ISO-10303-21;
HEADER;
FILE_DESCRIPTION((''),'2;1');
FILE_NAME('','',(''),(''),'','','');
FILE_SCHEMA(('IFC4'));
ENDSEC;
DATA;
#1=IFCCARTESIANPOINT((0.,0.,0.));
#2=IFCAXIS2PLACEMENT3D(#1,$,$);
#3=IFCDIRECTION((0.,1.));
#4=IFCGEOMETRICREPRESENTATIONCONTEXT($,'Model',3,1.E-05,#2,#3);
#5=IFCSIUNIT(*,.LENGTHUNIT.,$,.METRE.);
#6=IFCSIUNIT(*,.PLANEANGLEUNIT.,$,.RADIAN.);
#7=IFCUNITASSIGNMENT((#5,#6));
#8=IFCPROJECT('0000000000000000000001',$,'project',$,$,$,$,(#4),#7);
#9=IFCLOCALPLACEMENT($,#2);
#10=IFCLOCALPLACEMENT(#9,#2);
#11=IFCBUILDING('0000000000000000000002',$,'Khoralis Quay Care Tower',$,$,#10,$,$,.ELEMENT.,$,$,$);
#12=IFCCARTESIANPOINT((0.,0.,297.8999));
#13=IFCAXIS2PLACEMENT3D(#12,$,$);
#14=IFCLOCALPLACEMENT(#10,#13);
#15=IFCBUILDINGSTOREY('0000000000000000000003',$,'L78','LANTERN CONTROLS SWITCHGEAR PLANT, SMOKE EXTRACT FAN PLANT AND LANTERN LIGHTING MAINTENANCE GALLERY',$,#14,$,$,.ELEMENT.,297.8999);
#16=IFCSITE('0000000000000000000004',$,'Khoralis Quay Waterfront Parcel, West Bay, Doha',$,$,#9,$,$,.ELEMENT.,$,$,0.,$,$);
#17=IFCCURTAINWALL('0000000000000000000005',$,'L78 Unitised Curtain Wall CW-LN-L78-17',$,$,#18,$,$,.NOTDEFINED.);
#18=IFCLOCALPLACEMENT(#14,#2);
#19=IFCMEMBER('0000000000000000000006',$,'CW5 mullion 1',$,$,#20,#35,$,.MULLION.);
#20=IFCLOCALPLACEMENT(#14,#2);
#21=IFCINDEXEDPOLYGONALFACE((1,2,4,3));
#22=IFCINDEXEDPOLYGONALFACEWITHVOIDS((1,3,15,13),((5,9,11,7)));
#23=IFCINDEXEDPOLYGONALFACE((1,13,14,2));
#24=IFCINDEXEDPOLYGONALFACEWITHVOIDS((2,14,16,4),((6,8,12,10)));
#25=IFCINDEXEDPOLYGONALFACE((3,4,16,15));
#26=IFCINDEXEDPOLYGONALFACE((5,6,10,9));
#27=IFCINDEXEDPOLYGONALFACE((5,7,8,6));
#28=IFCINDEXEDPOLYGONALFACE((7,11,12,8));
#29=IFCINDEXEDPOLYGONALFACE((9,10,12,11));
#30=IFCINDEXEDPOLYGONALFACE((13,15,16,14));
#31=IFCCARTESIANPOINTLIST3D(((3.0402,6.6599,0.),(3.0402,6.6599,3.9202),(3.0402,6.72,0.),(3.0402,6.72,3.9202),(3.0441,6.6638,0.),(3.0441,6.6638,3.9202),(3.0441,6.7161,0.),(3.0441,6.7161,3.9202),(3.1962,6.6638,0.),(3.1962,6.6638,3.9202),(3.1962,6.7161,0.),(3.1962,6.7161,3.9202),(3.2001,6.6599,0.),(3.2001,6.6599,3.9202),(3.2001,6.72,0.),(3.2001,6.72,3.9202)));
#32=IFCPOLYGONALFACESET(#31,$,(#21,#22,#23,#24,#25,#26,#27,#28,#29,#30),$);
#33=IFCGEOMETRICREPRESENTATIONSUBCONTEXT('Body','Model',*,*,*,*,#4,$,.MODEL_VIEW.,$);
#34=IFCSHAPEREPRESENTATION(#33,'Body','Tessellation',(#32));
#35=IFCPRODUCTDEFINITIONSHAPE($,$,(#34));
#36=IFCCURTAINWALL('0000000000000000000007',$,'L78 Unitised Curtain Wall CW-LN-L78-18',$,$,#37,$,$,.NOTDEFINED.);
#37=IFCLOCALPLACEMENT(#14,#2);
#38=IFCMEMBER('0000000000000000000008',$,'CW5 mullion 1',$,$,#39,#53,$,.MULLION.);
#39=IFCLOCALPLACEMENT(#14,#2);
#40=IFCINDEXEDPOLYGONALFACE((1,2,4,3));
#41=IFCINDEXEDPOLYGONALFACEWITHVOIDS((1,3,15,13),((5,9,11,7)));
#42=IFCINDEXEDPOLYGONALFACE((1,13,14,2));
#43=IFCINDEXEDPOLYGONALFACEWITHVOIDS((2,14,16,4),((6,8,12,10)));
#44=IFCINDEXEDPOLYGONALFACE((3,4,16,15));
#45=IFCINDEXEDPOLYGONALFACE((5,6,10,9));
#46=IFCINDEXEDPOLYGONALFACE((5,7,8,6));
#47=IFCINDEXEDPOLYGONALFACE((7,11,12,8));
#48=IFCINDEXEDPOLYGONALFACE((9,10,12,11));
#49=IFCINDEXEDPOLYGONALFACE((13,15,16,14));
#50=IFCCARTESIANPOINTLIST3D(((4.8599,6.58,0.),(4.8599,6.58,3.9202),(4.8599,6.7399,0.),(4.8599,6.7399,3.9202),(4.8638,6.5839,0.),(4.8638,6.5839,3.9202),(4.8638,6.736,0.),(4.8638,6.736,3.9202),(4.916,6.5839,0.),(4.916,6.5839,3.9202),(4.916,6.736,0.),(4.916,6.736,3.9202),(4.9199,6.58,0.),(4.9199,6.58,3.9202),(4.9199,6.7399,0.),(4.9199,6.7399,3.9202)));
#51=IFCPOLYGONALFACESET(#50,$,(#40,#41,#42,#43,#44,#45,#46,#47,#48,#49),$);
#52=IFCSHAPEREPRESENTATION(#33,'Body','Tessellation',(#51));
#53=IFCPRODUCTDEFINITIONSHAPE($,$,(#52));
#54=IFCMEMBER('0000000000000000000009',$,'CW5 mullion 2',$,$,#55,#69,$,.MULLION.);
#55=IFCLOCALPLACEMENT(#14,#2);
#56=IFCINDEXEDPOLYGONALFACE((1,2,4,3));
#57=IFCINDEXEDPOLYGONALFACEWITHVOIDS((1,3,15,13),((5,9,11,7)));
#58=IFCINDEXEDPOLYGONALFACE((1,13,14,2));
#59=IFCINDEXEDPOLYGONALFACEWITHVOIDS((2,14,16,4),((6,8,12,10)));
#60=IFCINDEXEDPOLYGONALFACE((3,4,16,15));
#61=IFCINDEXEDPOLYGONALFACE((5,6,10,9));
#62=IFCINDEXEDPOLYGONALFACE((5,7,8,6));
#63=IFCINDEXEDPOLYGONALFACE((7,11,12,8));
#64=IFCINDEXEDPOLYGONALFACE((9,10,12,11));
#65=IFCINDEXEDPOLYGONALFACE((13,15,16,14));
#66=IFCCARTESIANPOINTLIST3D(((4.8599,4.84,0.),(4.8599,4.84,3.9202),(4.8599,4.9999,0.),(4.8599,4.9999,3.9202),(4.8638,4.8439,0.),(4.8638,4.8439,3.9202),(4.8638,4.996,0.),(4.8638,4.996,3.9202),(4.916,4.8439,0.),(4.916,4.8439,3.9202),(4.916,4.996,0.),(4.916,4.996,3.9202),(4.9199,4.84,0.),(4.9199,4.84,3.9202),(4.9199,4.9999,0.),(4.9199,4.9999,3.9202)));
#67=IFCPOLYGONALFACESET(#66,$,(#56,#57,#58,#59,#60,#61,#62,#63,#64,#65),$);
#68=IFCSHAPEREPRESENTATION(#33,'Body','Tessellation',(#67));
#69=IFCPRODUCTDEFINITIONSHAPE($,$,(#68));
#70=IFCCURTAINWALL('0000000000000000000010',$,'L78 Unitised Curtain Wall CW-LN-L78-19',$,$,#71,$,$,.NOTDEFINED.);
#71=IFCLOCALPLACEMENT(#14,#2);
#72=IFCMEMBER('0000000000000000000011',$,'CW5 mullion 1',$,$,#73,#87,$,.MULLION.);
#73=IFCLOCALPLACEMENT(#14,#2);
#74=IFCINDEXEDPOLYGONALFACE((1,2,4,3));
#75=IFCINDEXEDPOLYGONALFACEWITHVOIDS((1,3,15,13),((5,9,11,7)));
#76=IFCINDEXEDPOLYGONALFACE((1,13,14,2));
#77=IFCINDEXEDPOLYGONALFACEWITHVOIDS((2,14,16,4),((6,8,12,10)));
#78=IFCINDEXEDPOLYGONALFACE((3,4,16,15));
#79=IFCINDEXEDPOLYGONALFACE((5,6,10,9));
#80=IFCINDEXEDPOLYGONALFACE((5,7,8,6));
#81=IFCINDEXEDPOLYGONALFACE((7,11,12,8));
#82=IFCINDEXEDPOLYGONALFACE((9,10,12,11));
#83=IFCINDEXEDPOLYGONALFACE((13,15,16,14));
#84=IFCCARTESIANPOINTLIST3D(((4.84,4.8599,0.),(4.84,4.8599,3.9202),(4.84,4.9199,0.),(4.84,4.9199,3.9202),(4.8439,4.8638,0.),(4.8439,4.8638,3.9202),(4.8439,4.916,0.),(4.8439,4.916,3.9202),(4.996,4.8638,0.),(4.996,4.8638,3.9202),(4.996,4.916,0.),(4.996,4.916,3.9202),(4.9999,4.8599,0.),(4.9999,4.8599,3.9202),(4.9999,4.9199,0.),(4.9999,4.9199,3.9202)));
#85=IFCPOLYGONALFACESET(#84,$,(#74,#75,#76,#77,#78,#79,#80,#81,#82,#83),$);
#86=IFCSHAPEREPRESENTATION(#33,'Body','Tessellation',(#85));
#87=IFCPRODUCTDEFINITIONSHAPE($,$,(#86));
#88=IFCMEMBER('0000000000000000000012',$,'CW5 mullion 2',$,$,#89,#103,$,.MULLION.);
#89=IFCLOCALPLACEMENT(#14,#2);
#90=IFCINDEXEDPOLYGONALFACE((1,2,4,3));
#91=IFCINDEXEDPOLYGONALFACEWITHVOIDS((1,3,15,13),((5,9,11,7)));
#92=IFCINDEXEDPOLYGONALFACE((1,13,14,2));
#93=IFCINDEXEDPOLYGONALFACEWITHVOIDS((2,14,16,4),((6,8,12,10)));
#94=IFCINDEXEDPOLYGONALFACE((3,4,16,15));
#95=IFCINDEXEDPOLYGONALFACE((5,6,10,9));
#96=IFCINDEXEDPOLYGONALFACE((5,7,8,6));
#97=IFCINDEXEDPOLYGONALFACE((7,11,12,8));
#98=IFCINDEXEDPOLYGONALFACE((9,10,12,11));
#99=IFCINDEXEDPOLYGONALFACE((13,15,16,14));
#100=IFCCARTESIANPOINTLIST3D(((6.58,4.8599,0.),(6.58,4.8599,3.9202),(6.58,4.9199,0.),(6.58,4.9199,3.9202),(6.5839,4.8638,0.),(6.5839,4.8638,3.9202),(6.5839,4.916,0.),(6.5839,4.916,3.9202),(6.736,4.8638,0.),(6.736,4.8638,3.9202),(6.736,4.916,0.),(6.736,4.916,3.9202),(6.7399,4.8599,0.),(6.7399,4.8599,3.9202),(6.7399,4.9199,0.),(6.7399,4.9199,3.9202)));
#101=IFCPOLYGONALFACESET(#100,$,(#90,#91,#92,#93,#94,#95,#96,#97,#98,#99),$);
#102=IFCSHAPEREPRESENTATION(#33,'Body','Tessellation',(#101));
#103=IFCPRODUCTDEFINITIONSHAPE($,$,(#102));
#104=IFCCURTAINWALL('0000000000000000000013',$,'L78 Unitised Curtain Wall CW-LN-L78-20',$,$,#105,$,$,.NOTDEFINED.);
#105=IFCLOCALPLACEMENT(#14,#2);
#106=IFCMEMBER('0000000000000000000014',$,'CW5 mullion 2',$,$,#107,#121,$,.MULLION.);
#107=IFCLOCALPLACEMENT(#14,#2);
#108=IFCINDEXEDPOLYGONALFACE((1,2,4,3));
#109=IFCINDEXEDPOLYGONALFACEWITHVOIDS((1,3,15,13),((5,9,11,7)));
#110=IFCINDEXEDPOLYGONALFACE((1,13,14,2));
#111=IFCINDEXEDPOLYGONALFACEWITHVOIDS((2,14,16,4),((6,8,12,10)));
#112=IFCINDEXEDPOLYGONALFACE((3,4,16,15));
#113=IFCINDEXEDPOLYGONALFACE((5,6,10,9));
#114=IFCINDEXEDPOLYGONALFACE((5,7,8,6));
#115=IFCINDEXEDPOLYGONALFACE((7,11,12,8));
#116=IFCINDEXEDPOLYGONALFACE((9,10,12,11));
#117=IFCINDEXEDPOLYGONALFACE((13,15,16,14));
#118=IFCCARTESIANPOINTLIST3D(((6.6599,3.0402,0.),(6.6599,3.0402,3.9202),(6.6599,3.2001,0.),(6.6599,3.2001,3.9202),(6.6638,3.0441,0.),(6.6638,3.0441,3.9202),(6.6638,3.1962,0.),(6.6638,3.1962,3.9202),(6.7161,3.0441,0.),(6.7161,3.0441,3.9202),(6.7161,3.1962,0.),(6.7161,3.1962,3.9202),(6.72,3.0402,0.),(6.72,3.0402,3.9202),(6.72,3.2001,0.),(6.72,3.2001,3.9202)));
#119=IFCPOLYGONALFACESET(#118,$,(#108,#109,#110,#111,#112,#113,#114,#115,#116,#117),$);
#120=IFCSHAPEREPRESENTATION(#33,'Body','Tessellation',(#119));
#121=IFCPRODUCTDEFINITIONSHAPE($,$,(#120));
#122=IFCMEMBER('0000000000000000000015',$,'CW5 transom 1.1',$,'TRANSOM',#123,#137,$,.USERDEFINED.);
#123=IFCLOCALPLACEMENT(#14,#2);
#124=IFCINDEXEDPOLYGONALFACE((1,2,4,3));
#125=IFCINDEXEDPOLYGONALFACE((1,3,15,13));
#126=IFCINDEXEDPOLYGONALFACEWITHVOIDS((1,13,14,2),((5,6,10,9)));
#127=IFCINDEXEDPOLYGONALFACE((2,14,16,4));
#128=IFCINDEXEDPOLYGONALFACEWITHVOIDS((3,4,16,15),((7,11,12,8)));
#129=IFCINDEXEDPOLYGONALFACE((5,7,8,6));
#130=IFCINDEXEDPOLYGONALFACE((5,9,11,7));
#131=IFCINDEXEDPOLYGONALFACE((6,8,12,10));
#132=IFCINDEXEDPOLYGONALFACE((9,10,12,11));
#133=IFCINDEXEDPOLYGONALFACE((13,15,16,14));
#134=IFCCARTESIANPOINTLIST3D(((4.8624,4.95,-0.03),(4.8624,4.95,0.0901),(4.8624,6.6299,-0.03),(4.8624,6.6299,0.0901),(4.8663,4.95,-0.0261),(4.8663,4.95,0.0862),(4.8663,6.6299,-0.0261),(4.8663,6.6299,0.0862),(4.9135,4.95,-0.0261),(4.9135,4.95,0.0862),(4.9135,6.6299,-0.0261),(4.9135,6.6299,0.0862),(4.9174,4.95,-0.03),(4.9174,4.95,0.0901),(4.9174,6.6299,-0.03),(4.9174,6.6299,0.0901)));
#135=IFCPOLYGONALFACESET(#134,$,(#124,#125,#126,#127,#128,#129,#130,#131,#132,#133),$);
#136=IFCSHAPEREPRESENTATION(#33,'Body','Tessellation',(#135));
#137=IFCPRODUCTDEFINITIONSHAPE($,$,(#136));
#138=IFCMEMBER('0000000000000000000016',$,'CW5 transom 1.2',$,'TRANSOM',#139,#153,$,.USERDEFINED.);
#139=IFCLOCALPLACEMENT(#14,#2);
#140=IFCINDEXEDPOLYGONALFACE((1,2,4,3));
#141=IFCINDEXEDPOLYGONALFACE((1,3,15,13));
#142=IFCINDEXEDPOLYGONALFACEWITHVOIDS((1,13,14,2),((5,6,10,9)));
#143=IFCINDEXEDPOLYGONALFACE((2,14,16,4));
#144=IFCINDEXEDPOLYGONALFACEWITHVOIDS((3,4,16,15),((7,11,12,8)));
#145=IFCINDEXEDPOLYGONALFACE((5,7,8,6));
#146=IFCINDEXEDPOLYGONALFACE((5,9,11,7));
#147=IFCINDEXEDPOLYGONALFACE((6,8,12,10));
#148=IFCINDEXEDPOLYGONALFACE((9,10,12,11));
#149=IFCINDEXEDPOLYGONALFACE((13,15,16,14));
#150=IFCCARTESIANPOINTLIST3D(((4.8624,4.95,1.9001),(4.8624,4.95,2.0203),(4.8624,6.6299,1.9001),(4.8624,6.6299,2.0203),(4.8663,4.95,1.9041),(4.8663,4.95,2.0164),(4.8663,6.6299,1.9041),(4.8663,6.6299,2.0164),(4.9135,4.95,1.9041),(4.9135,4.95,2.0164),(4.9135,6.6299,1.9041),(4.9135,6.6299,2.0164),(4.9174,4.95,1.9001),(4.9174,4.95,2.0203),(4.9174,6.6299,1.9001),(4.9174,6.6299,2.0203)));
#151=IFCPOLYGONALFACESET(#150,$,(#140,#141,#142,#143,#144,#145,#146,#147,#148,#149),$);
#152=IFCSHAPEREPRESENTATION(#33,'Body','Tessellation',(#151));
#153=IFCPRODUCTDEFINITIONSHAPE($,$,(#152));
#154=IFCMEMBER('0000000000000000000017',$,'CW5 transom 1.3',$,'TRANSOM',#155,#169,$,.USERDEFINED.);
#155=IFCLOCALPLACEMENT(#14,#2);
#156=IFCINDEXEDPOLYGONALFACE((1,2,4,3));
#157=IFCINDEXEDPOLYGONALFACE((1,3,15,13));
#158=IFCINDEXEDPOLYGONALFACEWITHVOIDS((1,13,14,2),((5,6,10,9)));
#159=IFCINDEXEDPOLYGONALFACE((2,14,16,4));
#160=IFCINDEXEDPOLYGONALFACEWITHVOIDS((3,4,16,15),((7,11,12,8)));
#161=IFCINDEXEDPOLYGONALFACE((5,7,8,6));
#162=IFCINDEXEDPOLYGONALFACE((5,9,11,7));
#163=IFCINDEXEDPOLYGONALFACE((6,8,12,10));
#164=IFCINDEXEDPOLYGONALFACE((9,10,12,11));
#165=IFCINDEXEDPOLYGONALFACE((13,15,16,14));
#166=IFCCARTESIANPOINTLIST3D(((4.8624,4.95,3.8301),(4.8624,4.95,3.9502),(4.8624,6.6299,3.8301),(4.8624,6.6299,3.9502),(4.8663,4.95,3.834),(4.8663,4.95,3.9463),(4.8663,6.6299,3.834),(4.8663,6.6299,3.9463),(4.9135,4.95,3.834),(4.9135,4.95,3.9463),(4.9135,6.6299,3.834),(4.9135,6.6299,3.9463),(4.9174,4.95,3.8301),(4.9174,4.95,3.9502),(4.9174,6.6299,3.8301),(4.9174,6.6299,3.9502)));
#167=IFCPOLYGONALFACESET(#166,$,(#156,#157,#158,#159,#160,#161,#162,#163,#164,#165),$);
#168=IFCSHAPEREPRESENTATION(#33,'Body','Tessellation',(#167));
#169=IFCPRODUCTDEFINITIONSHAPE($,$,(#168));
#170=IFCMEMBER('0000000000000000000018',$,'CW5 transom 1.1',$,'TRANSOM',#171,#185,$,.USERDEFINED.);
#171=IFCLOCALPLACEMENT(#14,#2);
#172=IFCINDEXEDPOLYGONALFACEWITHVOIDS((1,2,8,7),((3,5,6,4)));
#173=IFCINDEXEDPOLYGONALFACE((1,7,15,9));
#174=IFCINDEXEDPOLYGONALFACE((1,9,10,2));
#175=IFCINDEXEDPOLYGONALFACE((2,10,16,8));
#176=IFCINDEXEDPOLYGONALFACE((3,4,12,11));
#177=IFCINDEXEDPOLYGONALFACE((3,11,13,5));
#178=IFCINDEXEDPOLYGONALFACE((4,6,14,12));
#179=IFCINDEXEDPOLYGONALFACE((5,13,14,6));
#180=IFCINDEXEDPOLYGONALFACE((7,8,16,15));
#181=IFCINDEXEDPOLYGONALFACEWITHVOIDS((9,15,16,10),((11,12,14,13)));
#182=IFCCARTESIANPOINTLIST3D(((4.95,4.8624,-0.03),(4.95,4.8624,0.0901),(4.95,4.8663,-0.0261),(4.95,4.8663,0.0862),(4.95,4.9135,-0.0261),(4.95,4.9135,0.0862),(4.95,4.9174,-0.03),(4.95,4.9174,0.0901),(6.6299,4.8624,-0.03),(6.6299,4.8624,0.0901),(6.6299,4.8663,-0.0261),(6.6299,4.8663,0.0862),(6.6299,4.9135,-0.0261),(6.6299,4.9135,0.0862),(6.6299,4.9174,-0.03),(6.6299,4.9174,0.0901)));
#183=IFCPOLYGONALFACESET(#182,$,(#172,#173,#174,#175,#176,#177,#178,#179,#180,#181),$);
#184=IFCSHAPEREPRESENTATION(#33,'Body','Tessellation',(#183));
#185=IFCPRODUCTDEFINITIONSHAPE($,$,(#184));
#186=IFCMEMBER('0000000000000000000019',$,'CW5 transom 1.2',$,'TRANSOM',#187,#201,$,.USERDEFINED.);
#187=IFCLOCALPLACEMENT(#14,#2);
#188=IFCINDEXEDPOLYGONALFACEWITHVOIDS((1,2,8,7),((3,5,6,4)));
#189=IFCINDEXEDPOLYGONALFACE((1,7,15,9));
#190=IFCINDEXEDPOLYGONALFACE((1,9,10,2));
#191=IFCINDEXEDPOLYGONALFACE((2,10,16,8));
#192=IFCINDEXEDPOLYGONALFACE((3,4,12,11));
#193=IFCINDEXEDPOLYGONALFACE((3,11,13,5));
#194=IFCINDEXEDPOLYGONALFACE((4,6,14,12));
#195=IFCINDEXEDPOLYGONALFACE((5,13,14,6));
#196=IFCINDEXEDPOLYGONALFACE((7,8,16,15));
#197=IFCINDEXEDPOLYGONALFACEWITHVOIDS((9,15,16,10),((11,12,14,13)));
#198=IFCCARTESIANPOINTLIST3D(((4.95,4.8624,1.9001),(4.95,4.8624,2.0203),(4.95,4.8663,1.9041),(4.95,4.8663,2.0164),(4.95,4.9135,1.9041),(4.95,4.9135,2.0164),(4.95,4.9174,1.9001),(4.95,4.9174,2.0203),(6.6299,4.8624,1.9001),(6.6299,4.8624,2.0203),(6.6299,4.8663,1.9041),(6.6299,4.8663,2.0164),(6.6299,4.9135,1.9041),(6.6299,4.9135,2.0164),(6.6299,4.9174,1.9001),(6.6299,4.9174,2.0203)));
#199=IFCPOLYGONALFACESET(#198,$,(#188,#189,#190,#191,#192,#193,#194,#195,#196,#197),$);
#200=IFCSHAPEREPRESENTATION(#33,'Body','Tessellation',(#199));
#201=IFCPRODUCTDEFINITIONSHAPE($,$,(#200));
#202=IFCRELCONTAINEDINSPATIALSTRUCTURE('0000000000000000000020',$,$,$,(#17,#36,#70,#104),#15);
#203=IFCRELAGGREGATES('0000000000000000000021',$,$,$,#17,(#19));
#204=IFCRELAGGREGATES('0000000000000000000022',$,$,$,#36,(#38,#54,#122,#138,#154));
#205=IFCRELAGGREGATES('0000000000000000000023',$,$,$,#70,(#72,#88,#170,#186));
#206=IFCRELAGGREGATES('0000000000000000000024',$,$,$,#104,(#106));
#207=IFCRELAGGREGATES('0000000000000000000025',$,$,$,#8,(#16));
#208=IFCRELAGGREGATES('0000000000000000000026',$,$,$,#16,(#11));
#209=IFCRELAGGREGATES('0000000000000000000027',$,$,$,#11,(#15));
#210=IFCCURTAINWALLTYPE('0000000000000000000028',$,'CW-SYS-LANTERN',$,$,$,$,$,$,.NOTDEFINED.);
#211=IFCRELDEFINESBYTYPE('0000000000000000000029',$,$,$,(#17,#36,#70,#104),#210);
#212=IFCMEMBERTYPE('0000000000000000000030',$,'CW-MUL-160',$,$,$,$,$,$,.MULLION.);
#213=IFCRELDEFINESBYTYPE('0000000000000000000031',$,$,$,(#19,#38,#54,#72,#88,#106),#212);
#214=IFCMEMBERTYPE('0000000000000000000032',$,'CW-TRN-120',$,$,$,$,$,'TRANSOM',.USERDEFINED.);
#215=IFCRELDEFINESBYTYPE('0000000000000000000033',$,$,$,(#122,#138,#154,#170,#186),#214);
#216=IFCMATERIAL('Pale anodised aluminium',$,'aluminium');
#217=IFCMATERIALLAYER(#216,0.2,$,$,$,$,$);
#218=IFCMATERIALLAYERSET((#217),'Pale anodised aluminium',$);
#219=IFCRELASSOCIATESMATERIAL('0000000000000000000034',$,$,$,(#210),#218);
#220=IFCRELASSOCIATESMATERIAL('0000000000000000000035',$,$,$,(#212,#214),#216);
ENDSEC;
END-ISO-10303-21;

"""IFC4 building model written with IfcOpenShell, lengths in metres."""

from ifc_helpers import new_model, si_unit, direction, frame, origin, origin_2d, place, context, subcontext, project, spatial, hollow_rectangle, extrude, source, transform, mapped, material, layer, layer_set, material_profile, profile_set, type_object, element, aggregate, save


model = new_model("IFC4")

# Units and contexts
model_context = context("Model", 3, precision=1e-05, world=origin(), true_north=direction((0.0, 1.0)))
body_context = subcontext(model_context, "Body", "Model", "MODEL_VIEW")
ifc_project = project(units=[si_unit("LENGTHUNIT", "METRE"), si_unit("PLANEANGLEUNIT", "RADIAN")], contexts=[model_context])

# Site, building, storey
site_placement = place(None, origin())
site = spatial("IfcSite", under=ifc_project, at=site_placement, Name="Khoralis Quay Waterfront Parcel, West Bay, Doha", CompositionType="ELEMENT", RefElevation=0.0)
building_placement = place(site_placement, origin())
building = spatial("IfcBuilding", under=site, at=building_placement, Name="Khoralis Quay Care Tower", CompositionType="ELEMENT")
storey_placement = place(building_placement, frame((0.0, 0.0, 297.8999)))
storey = spatial("IfcBuildingStorey", under=building, at=storey_placement, Name="L78", Description="LANTERN CONTROLS SWITCHGEAR PLANT, SMOKE EXTRACT FAN PLANT AND LANTERN LIGHTING MAINTENANCE GALLERY", CompositionType="ELEMENT", Elevation=297.8999)

# Curtain wall, member
ifc_material_1 = material(Name="Pale anodised aluminium", Category="aluminium")
ifc_layer_1 = layer(ifc_material_1, 0.2)
ifc_layer_set_1 = layer_set([ifc_layer_1], Name="Pale anodised aluminium")
curtain_wall_type = type_object("IfcCurtainWallType", Name="CW-SYS-LANTERN", PredefinedType="NOTDEFINED", material=ifc_layer_set_1)
curtain_wall_1_placement = place(storey_placement, origin())
curtain_wall_1 = element("IfcCurtainWall", 1, at=curtain_wall_1_placement, inside=storey, type_object=curtain_wall_type, Name="L78 Unitised Curtain Wall CW-LN-L78-17", PredefinedType="NOTDEFINED")
ifc_material_profile_1 = material_profile(ifc_material_1, hollow_rectangle(XDim=0.0601, YDim=0.1599, WallThickness=0.0039, at=origin_2d()), Name="Pale anodised aluminium")
ifc_profile_set_1 = profile_set([ifc_material_profile_1], Name="Pale anodised aluminium")
member_type_1 = type_object("IfcMemberType", Name="CW-MUL-160", PredefinedType="MULLION", material=ifc_profile_set_1)
shared_shape_1 = source(origin(), body_context, "Body", "SweptSolid", [
    extrude(hollow_rectangle(XDim=0.0601, YDim=0.1599, WallThickness=0.0039, at=origin_2d()), origin(), (0.0, 0.0, 1.0), 3.9202),
])
member_1_placement = place(storey_placement, frame((3.1201, 6.6899, 0.0), z_axis=(0.0, 0.0, 1.0), x_axis=(0.0, 1.0, 0.0)))
member_1 = element("IfcMember", 2, at=member_1_placement, type_object=member_type_1, Name="CW5 mullion 1", PredefinedType="MULLION", context=body_context, shape_type="MappedRepresentation", body=[
    mapped(shared_shape_1, transform((0.0, 0.0, 0.0), scale=1.0)),
])
aggregate(curtain_wall_1, [member_1])

# Curtain walls, members
curtain_wall_2_placement = place(storey_placement, origin())
curtain_wall_2 = element("IfcCurtainWall", 3, at=curtain_wall_2_placement, inside=storey, type_object=curtain_wall_type, Name="L78 Unitised Curtain Wall CW-LN-L78-18", PredefinedType="NOTDEFINED")
member_2_placement = place(storey_placement, frame((4.8899, 6.6599, 0.0), z_axis=(0.0, 0.0, 1.0), x_axis=(1.0, 0.0, 0.0)))
member_2 = element("IfcMember", 4, at=member_2_placement, type_object=member_type_1, Name="CW5 mullion 1", PredefinedType="MULLION", context=body_context, shape_type="MappedRepresentation", body=[
    mapped(shared_shape_1, transform((0.0, 0.0, 0.0), scale=1.0)),
])
member_3_placement = place(storey_placement, frame((4.8899, 4.9199, 0.0), z_axis=(0.0, 0.0, 1.0), x_axis=(1.0, 0.0, 0.0)))
member_3 = element("IfcMember", 5, at=member_3_placement, type_object=member_type_1, Name="CW5 mullion 2", PredefinedType="MULLION", context=body_context, shape_type="MappedRepresentation", body=[
    mapped(shared_shape_1, transform((0.0, 0.0, 0.0), scale=1.0)),
])
curtain_wall_3_placement = place(storey_placement, origin())
curtain_wall_3 = element("IfcCurtainWall", 6, at=curtain_wall_3_placement, inside=storey, type_object=curtain_wall_type, Name="L78 Unitised Curtain Wall CW-LN-L78-19", PredefinedType="NOTDEFINED")
member_4_placement = place(storey_placement, frame((4.9199, 4.8899, 0.0), z_axis=(0.0, 0.0, 1.0), x_axis=(0.0, 1.0, 0.0)))
member_4 = element("IfcMember", 7, at=member_4_placement, type_object=member_type_1, Name="CW5 mullion 1", PredefinedType="MULLION", context=body_context, shape_type="MappedRepresentation", body=[
    mapped(shared_shape_1, transform((0.0, 0.0, 0.0), scale=1.0)),
])
member_5_placement = place(storey_placement, frame((6.6599, 4.8899, 0.0), z_axis=(0.0, 0.0, 1.0), x_axis=(0.0, 1.0, 0.0)))
member_5 = element("IfcMember", 8, at=member_5_placement, type_object=member_type_1, Name="CW5 mullion 2", PredefinedType="MULLION", context=body_context, shape_type="MappedRepresentation", body=[
    mapped(shared_shape_1, transform((0.0, 0.0, 0.0), scale=1.0)),
])

# Curtain wall, member
curtain_wall_4_placement = place(storey_placement, origin())
curtain_wall_4 = element("IfcCurtainWall", 9, at=curtain_wall_4_placement, inside=storey, type_object=curtain_wall_type, Name="L78 Unitised Curtain Wall CW-LN-L78-20", PredefinedType="NOTDEFINED")
member_6_placement = place(storey_placement, frame((6.6899, 3.1201, 0.0), z_axis=(0.0, 0.0, 1.0), x_axis=(1.0, 0.0, 0.0)))
member_6 = element("IfcMember", 10, at=member_6_placement, type_object=member_type_1, Name="CW5 mullion 2", PredefinedType="MULLION", context=body_context, shape_type="MappedRepresentation", body=[
    mapped(shared_shape_1, transform((0.0, 0.0, 0.0), scale=1.0)),
])

# Members
ifc_material_profile_2 = material_profile(ifc_material_1, hollow_rectangle(XDim=0.0549, YDim=0.1201, WallThickness=0.0039, at=origin_2d()), Name="Pale anodised aluminium")
ifc_profile_set_2 = profile_set([ifc_material_profile_2], Name="Pale anodised aluminium")
member_type_2 = type_object("IfcMemberType", Name="CW-TRN-120", ElementType="TRANSOM", PredefinedType="USERDEFINED", material=ifc_profile_set_2)
shared_shape_2 = source(origin(), body_context, "Body", "SweptSolid", [
    extrude(hollow_rectangle(XDim=0.0549, YDim=0.1201, WallThickness=0.0039, at=origin_2d()), origin(), (0.0, 0.0, 1.0), 1.6799),
])
member_7_placement = place(storey_placement, frame((4.8899, 6.6299, 0.03), z_axis=(0.0, -1.0, 0.0), x_axis=(1.0, 0.0, 0.0)))
member_7 = element("IfcMember", 11, at=member_7_placement, type_object=member_type_2, Name="CW5 transom 1.1", ObjectType="TRANSOM", PredefinedType="USERDEFINED", context=body_context, shape_type="MappedRepresentation", body=[
    mapped(shared_shape_2, transform((0.0, 0.0, 0.0), scale=1.0)),
])
member_8_placement = place(storey_placement, frame((4.8899, 6.6299, 1.9602), z_axis=(0.0, -1.0, 0.0), x_axis=(1.0, 0.0, 0.0)))
member_8 = element("IfcMember", 12, at=member_8_placement, type_object=member_type_2, Name="CW5 transom 1.2", ObjectType="TRANSOM", PredefinedType="USERDEFINED", context=body_context, shape_type="MappedRepresentation", body=[
    mapped(shared_shape_2, transform((0.0, 0.0, 0.0), scale=1.0)),
])
member_9_placement = place(storey_placement, frame((4.8899, 6.6299, 3.8901), z_axis=(0.0, -1.0, 0.0), x_axis=(1.0, 0.0, 0.0)))
member_9 = element("IfcMember", 13, at=member_9_placement, type_object=member_type_2, Name="CW5 transom 1.3", ObjectType="TRANSOM", PredefinedType="USERDEFINED", context=body_context, shape_type="MappedRepresentation", body=[
    mapped(shared_shape_2, transform((0.0, 0.0, 0.0), scale=1.0)),
])
member_10_placement = place(storey_placement, frame((4.95, 4.8899, 0.03), z_axis=(1.0, 0.0, 0.0), x_axis=(0.0, 1.0, 0.0)))
member_10 = element("IfcMember", 14, at=member_10_placement, type_object=member_type_2, Name="CW5 transom 1.1", ObjectType="TRANSOM", PredefinedType="USERDEFINED", context=body_context, shape_type="MappedRepresentation", body=[
    mapped(shared_shape_2, transform((0.0, 0.0, 0.0), scale=1.0)),
])
member_11_placement = place(storey_placement, frame((4.95, 4.8899, 1.9602), z_axis=(1.0, 0.0, 0.0), x_axis=(0.0, 1.0, 0.0)))
member_11 = element("IfcMember", 15, at=member_11_placement, type_object=member_type_2, Name="CW5 transom 1.2", ObjectType="TRANSOM", PredefinedType="USERDEFINED", context=body_context, shape_type="MappedRepresentation", body=[
    mapped(shared_shape_2, transform((0.0, 0.0, 0.0), scale=1.0)),
])

aggregate(curtain_wall_2, [member_2, member_3, member_7, member_8, member_9])
aggregate(curtain_wall_3, [member_4, member_5, member_10, member_11])
aggregate(curtain_wall_4, [member_6])

save(model, "model.ifc")
